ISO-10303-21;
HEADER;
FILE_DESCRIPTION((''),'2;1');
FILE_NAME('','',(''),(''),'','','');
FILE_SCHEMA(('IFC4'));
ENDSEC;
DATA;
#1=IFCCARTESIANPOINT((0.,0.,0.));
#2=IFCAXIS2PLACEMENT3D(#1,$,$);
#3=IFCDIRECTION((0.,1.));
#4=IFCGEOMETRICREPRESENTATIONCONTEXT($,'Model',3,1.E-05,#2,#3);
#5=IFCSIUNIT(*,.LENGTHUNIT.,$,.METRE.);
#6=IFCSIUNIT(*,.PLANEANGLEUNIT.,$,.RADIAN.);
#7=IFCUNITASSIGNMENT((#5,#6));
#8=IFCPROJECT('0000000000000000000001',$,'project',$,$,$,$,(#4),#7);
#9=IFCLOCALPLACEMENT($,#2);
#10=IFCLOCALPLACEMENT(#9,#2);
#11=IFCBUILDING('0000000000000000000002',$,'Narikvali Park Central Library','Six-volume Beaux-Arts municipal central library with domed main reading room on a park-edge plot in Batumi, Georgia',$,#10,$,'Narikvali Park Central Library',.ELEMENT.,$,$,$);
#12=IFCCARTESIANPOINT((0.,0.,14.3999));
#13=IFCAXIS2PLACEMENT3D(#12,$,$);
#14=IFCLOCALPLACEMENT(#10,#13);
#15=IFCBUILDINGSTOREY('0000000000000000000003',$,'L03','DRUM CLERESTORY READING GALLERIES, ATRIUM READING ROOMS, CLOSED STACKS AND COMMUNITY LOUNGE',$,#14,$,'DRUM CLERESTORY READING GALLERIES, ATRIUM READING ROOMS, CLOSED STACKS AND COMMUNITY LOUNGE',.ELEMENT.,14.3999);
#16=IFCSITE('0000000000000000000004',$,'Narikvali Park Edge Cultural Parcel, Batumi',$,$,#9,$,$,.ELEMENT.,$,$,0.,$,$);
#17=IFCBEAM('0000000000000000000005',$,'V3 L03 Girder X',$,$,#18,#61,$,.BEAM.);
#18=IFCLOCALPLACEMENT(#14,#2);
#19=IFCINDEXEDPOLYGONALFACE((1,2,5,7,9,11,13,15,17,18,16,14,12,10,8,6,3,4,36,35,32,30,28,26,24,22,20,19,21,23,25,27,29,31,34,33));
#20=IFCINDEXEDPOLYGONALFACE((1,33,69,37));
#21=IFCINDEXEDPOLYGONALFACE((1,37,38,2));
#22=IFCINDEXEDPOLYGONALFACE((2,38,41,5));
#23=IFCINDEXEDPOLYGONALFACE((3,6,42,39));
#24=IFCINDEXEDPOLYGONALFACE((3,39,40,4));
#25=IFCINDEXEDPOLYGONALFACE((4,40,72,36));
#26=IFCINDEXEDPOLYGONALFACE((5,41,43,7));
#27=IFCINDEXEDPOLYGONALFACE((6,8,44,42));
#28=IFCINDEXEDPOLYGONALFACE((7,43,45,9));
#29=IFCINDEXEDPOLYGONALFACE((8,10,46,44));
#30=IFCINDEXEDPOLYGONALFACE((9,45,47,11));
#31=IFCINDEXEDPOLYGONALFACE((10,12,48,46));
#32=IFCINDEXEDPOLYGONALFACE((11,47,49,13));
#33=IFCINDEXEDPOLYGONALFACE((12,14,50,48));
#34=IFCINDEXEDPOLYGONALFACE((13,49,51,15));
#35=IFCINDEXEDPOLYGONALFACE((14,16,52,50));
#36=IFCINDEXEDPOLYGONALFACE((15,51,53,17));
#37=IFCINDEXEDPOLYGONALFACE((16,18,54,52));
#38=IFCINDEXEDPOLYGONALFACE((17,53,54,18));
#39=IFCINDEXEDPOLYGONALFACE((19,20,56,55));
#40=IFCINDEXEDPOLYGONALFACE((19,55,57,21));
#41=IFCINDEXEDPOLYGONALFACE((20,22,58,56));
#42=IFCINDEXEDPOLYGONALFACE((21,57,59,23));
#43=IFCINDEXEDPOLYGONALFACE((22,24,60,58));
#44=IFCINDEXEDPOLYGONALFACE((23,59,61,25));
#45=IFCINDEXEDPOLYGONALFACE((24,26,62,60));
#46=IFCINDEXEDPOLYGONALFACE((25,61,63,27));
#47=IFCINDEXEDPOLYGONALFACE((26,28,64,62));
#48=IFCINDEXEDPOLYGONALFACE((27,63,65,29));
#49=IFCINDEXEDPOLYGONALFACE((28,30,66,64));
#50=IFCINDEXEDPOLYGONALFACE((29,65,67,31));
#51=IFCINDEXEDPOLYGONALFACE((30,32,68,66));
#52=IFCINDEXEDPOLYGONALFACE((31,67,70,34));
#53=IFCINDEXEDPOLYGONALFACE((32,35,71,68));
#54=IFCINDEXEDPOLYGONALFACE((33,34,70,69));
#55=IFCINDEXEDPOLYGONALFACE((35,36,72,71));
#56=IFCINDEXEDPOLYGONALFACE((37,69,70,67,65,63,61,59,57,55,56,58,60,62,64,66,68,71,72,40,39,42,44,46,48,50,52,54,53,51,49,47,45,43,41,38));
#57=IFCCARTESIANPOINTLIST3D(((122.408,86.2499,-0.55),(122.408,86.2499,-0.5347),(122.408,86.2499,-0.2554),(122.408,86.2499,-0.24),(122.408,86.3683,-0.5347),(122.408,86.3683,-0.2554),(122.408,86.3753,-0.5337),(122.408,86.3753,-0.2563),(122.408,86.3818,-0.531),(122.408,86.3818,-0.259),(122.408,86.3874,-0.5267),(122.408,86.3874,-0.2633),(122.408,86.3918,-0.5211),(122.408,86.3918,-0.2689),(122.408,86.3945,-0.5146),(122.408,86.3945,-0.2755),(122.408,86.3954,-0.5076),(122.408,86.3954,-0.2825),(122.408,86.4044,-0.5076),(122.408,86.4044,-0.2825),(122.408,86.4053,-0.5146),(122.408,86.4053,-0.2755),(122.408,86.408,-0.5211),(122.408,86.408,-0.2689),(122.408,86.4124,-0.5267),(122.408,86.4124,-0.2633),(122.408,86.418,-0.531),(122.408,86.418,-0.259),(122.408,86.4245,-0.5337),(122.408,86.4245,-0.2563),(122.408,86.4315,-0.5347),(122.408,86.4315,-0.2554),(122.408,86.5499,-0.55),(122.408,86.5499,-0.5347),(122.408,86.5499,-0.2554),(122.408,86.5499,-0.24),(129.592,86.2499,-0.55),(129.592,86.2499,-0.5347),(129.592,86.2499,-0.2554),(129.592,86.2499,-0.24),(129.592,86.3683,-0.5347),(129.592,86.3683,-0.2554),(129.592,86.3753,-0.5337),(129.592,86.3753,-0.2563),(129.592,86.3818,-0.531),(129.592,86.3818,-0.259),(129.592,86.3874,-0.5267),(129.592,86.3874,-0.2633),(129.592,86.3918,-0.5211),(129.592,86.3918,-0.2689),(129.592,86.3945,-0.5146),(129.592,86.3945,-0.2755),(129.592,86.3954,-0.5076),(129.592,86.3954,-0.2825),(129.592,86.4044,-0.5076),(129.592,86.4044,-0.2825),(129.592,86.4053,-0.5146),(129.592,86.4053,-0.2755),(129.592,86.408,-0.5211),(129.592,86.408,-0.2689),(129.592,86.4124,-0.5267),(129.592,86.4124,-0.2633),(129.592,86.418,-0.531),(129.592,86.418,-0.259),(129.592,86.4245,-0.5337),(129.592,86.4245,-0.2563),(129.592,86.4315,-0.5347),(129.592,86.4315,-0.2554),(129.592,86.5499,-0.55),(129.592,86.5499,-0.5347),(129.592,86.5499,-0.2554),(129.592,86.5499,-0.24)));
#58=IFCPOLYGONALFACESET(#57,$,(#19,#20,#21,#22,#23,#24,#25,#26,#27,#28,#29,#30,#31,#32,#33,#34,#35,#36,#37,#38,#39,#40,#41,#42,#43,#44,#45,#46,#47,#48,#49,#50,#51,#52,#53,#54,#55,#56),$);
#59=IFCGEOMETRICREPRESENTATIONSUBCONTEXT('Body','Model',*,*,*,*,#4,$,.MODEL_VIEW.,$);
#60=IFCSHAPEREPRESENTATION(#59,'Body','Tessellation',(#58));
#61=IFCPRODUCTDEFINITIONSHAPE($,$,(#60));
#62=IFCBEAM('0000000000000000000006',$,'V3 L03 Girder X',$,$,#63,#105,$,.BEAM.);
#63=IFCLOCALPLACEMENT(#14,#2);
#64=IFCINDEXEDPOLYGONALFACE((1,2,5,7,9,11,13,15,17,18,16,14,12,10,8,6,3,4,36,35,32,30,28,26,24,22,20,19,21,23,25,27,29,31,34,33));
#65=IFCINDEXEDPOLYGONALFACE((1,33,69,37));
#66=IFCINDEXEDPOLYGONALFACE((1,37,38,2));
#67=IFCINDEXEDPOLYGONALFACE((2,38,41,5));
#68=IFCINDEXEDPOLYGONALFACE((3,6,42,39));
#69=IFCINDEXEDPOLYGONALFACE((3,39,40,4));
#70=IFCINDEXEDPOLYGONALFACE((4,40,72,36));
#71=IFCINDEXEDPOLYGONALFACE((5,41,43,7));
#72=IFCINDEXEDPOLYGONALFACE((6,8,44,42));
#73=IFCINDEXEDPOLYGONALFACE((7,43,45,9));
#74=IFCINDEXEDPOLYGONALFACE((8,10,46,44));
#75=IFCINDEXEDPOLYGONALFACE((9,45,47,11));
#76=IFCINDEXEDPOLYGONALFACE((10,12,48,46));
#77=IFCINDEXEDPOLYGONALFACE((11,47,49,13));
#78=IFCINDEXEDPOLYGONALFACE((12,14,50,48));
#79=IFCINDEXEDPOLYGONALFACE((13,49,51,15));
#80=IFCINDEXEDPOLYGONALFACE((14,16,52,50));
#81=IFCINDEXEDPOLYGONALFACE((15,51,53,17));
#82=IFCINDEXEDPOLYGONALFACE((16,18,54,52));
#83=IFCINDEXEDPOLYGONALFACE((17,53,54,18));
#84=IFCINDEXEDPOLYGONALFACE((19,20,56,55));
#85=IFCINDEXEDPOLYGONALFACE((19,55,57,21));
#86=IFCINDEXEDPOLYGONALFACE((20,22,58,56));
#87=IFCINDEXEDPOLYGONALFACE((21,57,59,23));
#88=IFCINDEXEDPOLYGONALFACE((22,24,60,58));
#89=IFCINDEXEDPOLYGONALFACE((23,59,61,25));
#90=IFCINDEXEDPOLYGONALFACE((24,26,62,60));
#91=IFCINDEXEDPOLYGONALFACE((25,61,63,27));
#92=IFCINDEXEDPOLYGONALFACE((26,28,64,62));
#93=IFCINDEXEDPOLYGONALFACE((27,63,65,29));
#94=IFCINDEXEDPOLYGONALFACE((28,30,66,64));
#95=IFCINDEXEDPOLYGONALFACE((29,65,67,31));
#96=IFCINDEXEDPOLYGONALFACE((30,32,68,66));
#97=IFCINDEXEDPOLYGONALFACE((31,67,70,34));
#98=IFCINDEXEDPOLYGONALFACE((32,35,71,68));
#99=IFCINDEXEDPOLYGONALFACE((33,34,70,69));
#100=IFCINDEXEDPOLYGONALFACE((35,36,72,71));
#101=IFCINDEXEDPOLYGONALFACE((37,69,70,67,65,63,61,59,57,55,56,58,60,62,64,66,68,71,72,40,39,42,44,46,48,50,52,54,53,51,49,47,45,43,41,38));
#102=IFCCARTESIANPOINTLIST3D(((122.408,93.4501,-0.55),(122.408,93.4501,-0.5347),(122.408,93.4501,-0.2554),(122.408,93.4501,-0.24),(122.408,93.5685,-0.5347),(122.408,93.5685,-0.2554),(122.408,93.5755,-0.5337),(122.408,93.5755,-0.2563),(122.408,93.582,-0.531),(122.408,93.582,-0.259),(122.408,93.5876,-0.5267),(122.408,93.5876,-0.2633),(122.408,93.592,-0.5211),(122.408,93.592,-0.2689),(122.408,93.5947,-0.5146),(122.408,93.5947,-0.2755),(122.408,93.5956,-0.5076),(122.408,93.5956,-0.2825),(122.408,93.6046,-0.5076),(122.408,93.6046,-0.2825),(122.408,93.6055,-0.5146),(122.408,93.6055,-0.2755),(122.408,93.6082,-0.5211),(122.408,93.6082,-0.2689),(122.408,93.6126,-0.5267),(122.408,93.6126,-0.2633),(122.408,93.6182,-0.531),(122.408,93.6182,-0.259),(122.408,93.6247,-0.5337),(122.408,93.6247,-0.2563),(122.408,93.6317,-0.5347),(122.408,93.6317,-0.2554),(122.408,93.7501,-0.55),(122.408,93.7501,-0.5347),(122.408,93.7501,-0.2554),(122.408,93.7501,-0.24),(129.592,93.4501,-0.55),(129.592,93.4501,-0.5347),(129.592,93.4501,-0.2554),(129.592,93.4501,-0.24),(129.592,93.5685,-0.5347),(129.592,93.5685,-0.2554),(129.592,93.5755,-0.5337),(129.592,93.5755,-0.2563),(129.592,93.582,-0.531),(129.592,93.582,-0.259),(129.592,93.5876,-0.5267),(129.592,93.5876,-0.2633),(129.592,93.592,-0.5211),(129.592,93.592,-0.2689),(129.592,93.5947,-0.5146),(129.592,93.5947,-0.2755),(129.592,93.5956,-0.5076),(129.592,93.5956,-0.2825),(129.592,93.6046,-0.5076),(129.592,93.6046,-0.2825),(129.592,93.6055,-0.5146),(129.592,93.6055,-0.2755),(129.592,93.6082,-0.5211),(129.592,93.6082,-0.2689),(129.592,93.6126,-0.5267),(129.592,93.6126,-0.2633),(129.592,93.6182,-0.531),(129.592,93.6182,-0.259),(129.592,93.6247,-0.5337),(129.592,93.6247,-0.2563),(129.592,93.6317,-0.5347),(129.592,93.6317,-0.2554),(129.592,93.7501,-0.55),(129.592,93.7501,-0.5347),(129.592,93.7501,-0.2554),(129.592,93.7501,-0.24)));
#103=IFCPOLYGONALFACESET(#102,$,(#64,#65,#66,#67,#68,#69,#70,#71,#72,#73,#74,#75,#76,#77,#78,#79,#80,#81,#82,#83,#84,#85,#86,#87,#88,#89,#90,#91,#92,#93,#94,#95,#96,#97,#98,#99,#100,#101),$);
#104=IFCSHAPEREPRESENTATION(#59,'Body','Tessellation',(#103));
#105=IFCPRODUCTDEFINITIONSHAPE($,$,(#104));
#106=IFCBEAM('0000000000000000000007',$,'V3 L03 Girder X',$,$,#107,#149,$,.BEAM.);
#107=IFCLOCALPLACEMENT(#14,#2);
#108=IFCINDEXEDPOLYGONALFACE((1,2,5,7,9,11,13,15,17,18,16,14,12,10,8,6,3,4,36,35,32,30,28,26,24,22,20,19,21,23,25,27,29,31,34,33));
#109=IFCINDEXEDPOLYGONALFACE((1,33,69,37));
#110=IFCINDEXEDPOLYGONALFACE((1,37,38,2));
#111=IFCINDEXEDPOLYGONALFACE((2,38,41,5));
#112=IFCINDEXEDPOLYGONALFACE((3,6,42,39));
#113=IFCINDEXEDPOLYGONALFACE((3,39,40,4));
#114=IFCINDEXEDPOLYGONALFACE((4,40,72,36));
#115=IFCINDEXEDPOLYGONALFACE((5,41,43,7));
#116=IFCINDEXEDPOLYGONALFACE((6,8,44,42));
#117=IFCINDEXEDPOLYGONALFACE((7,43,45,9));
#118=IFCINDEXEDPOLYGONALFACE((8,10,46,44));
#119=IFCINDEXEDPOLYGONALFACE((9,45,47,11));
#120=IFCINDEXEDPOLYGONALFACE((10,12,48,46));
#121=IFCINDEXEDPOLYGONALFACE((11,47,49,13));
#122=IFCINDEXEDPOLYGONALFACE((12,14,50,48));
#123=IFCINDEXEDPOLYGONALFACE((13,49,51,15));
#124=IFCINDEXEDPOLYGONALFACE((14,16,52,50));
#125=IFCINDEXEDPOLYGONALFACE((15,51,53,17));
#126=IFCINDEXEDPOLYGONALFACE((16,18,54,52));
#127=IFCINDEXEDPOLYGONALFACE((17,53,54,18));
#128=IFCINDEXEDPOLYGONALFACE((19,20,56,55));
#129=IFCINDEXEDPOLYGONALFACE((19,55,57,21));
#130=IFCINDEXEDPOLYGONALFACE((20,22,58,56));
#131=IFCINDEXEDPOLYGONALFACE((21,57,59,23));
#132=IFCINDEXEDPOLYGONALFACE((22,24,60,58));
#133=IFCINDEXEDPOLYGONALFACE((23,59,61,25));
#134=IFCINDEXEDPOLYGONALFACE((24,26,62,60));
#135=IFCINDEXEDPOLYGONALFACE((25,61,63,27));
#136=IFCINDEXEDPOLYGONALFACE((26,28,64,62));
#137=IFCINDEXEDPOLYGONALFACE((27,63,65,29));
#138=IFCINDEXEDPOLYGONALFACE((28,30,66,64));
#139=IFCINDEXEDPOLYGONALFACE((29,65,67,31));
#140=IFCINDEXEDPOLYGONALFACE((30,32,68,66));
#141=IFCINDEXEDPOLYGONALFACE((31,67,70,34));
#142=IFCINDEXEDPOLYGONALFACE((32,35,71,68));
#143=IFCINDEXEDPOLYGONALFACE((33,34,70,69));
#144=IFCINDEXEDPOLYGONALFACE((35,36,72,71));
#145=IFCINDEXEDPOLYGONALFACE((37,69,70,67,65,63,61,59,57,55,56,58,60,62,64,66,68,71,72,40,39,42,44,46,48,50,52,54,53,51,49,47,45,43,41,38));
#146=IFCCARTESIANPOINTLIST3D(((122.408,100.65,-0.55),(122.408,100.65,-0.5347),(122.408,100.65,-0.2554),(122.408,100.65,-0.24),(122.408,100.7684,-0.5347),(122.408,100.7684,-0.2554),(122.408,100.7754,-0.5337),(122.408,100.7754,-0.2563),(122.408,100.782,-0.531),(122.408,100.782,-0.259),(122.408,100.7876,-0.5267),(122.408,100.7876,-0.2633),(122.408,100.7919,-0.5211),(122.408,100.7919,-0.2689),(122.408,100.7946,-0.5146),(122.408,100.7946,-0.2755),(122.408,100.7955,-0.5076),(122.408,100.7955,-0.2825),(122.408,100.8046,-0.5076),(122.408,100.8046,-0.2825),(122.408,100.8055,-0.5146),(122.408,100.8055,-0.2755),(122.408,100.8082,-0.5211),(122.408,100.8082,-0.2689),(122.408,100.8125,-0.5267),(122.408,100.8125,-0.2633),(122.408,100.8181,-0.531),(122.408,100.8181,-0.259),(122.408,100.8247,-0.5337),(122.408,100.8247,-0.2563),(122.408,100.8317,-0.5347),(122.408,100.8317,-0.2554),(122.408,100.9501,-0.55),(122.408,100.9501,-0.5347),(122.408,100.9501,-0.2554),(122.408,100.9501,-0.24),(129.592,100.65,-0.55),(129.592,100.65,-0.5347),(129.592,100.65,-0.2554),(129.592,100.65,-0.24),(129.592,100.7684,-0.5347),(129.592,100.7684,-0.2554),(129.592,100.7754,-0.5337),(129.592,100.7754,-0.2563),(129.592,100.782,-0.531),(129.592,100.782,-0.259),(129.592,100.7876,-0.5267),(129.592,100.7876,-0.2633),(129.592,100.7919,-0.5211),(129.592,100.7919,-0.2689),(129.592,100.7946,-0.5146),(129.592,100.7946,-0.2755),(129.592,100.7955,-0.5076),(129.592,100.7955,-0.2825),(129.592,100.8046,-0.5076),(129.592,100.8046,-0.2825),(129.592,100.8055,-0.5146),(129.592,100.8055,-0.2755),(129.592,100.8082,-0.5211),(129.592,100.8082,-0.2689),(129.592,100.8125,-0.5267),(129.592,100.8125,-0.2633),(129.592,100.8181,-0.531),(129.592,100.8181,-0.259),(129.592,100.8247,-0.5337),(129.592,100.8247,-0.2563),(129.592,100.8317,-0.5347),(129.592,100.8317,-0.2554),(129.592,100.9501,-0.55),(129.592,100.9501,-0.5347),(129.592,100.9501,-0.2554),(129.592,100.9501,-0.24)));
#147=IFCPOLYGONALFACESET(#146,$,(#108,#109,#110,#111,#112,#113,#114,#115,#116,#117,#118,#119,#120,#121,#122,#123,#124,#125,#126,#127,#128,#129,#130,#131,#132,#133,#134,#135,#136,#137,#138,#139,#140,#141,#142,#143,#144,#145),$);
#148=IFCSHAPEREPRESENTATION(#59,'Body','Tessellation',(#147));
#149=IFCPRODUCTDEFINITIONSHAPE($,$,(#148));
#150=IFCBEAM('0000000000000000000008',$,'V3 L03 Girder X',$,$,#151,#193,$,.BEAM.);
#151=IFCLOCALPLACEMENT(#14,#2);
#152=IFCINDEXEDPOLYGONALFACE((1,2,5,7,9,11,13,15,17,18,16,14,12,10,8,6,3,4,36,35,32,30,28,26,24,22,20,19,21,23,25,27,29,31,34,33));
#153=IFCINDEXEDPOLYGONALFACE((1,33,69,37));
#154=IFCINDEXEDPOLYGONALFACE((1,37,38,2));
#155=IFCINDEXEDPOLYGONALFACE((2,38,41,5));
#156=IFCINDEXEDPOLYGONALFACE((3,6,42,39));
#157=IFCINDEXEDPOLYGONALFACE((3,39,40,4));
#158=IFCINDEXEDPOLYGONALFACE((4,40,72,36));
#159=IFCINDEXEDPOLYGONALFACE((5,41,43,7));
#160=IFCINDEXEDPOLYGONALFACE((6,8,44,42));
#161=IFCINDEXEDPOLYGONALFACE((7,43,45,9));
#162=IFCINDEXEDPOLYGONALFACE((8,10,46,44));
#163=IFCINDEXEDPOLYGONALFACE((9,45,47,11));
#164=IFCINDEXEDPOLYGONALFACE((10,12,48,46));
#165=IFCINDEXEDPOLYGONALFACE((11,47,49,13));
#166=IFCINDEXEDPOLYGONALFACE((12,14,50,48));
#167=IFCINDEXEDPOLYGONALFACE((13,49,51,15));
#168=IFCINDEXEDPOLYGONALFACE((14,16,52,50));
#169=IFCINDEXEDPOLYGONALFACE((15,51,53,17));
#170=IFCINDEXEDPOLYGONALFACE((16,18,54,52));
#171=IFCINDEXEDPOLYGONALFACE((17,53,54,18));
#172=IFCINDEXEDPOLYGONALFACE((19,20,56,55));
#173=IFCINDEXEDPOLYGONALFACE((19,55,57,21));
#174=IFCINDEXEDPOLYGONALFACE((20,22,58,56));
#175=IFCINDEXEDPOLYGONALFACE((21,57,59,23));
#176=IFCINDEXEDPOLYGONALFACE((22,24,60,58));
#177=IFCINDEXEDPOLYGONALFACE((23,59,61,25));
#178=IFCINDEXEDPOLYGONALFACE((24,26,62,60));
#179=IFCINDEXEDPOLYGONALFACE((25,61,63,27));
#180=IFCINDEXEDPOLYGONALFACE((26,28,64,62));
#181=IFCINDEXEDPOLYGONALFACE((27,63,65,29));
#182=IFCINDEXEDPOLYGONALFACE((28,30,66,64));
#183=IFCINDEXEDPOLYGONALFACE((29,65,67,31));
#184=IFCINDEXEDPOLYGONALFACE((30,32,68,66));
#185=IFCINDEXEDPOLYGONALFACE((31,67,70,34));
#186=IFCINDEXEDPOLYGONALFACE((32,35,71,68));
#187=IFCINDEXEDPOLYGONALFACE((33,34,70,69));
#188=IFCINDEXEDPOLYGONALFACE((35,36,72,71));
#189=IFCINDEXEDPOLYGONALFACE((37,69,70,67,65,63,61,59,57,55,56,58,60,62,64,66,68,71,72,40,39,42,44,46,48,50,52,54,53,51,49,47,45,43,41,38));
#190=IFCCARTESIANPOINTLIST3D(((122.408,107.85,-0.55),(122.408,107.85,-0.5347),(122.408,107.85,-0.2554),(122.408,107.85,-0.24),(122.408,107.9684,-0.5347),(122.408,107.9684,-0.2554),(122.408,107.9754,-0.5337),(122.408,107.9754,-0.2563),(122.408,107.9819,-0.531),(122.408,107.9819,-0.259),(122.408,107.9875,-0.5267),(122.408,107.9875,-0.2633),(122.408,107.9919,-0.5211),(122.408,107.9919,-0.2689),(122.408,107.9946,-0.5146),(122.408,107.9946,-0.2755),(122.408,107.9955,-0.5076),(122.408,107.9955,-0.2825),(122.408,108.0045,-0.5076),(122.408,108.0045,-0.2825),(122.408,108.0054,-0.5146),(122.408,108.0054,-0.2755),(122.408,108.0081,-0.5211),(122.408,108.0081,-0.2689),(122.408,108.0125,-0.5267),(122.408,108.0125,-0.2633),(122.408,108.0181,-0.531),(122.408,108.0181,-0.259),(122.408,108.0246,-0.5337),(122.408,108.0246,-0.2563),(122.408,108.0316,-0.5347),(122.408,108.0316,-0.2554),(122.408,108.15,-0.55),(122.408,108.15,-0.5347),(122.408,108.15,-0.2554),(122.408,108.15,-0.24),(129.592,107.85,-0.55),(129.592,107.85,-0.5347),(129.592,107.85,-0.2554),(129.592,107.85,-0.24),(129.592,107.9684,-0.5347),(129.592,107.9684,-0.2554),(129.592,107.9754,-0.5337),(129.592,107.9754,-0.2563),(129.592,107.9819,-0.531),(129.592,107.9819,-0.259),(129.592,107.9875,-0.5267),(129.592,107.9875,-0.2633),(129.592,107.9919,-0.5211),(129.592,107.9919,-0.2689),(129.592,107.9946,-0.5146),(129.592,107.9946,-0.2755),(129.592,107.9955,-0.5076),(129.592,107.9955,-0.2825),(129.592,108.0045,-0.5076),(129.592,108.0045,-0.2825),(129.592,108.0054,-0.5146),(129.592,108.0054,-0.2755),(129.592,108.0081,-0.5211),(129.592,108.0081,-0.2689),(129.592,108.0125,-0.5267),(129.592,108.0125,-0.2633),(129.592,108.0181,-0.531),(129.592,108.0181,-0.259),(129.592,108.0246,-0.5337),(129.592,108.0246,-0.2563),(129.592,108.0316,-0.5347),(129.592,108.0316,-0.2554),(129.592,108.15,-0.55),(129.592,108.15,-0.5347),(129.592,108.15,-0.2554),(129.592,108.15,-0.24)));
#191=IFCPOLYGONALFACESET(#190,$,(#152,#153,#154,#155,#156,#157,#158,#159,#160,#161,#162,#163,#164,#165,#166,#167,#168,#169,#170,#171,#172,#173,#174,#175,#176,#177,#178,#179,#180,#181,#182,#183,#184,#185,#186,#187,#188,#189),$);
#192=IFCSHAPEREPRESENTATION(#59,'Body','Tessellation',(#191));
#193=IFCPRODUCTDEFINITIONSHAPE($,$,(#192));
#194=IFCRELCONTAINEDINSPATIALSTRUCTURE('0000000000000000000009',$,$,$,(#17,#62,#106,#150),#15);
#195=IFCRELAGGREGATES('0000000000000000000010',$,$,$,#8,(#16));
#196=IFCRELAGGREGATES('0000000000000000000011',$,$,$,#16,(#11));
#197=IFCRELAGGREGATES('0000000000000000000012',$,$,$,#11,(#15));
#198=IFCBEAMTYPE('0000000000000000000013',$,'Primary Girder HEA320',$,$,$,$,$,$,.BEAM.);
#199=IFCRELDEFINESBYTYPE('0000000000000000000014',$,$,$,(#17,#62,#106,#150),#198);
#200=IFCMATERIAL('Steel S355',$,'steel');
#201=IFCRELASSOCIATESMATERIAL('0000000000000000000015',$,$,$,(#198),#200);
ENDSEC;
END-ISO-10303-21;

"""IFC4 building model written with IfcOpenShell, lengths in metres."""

from ifc_helpers import new_model, si_unit, direction, frame, origin, origin_2d, place, context, subcontext, project, spatial, i_section, extrude, material, material_profile, profile_set, type_object, element, save


model = new_model("IFC4")

# Units and contexts
model_context = context("Model", 3, precision=1e-05, world=origin(), true_north=direction((0.0, 1.0)))
body_context = subcontext(model_context, "Body", "Model", "MODEL_VIEW")
ifc_project = project(units=[si_unit("LENGTHUNIT", "METRE"), si_unit("PLANEANGLEUNIT", "RADIAN")], contexts=[model_context])

# Site, building, storey
site_placement = place(None, origin())
site = spatial("IfcSite", under=ifc_project, at=site_placement, Name="Narikvali Park Edge Cultural Parcel, Batumi", CompositionType="ELEMENT", RefElevation=0.0)
building_placement = place(site_placement, origin())
building = spatial("IfcBuilding", under=site, at=building_placement, Name="Narikvali Park Central Library", Description="Six-volume Beaux-Arts municipal central library with domed main reading room on a park-edge plot in Batumi, Georgia", LongName="Narikvali Park Central Library", CompositionType="ELEMENT")
storey_placement = place(building_placement, frame((0.0, 0.0, 14.3999)))
storey = spatial("IfcBuildingStorey", under=building, at=storey_placement, Name="L03", Description="DRUM CLERESTORY READING GALLERIES, ATRIUM READING ROOMS, CLOSED STACKS AND COMMUNITY LOUNGE", LongName="DRUM CLERESTORY READING GALLERIES, ATRIUM READING ROOMS, CLOSED STACKS AND COMMUNITY LOUNGE", CompositionType="ELEMENT", Elevation=14.3999)

# Shared definitions
ifc_material_1 = material(Name="Steel S355", Category="steel")

# Beams
ifc_material_profile_1 = material_profile(ifc_material_1, i_section(OverallWidth=0.3, OverallDepth=0.3101, WebThickness=0.009, FlangeThickness=0.0154, FilletRadius=0.0271, at=origin_2d()), Name="HEA 320")
ifc_profile_set_1 = profile_set([ifc_material_profile_1], Name="Steel S355")
beam_type_1 = type_object("IfcBeamType", Name="Primary Girder HEA320", PredefinedType="BEAM", material=ifc_profile_set_1)
for number, where, z_axis, x_axis, name in (
    (1, (122.408, 86.3999, -0.395), (1.0, 0.0, 0.0), (0.0, 1.0, 0.0), "V3 L03 Girder X"),
    (2, (122.408, 93.6001, -0.395), (1.0, 0.0, 0.0), (0.0, 1.0, 0.0), "V3 L03 Girder X"),
    (3, (122.408, 100.8, -0.395), (1.0, 0.0, 0.0), (0.0, 1.0, 0.0), "V3 L03 Girder X"),
    (4, (122.408, 108.0, -0.395), (1.0, 0.0, 0.0), (0.0, 1.0, 0.0), "V3 L03 Girder X"),
):
    element("IfcBeam", number, at=place(storey_placement, frame(where, z_axis=z_axis, x_axis=x_axis)), inside=storey, type_object=beam_type_1, Name=name, PredefinedType="BEAM", context=body_context, shape_type="SweptSolid", body=[
        extrude(i_section(OverallWidth=0.3, OverallDepth=0.3101, WebThickness=0.009, FlangeThickness=0.0154, FilletRadius=0.0271, at=origin_2d()), origin(), (0.0, 0.0, 1.0), 7.1841),
    ])

save(model, "model.ifc")
